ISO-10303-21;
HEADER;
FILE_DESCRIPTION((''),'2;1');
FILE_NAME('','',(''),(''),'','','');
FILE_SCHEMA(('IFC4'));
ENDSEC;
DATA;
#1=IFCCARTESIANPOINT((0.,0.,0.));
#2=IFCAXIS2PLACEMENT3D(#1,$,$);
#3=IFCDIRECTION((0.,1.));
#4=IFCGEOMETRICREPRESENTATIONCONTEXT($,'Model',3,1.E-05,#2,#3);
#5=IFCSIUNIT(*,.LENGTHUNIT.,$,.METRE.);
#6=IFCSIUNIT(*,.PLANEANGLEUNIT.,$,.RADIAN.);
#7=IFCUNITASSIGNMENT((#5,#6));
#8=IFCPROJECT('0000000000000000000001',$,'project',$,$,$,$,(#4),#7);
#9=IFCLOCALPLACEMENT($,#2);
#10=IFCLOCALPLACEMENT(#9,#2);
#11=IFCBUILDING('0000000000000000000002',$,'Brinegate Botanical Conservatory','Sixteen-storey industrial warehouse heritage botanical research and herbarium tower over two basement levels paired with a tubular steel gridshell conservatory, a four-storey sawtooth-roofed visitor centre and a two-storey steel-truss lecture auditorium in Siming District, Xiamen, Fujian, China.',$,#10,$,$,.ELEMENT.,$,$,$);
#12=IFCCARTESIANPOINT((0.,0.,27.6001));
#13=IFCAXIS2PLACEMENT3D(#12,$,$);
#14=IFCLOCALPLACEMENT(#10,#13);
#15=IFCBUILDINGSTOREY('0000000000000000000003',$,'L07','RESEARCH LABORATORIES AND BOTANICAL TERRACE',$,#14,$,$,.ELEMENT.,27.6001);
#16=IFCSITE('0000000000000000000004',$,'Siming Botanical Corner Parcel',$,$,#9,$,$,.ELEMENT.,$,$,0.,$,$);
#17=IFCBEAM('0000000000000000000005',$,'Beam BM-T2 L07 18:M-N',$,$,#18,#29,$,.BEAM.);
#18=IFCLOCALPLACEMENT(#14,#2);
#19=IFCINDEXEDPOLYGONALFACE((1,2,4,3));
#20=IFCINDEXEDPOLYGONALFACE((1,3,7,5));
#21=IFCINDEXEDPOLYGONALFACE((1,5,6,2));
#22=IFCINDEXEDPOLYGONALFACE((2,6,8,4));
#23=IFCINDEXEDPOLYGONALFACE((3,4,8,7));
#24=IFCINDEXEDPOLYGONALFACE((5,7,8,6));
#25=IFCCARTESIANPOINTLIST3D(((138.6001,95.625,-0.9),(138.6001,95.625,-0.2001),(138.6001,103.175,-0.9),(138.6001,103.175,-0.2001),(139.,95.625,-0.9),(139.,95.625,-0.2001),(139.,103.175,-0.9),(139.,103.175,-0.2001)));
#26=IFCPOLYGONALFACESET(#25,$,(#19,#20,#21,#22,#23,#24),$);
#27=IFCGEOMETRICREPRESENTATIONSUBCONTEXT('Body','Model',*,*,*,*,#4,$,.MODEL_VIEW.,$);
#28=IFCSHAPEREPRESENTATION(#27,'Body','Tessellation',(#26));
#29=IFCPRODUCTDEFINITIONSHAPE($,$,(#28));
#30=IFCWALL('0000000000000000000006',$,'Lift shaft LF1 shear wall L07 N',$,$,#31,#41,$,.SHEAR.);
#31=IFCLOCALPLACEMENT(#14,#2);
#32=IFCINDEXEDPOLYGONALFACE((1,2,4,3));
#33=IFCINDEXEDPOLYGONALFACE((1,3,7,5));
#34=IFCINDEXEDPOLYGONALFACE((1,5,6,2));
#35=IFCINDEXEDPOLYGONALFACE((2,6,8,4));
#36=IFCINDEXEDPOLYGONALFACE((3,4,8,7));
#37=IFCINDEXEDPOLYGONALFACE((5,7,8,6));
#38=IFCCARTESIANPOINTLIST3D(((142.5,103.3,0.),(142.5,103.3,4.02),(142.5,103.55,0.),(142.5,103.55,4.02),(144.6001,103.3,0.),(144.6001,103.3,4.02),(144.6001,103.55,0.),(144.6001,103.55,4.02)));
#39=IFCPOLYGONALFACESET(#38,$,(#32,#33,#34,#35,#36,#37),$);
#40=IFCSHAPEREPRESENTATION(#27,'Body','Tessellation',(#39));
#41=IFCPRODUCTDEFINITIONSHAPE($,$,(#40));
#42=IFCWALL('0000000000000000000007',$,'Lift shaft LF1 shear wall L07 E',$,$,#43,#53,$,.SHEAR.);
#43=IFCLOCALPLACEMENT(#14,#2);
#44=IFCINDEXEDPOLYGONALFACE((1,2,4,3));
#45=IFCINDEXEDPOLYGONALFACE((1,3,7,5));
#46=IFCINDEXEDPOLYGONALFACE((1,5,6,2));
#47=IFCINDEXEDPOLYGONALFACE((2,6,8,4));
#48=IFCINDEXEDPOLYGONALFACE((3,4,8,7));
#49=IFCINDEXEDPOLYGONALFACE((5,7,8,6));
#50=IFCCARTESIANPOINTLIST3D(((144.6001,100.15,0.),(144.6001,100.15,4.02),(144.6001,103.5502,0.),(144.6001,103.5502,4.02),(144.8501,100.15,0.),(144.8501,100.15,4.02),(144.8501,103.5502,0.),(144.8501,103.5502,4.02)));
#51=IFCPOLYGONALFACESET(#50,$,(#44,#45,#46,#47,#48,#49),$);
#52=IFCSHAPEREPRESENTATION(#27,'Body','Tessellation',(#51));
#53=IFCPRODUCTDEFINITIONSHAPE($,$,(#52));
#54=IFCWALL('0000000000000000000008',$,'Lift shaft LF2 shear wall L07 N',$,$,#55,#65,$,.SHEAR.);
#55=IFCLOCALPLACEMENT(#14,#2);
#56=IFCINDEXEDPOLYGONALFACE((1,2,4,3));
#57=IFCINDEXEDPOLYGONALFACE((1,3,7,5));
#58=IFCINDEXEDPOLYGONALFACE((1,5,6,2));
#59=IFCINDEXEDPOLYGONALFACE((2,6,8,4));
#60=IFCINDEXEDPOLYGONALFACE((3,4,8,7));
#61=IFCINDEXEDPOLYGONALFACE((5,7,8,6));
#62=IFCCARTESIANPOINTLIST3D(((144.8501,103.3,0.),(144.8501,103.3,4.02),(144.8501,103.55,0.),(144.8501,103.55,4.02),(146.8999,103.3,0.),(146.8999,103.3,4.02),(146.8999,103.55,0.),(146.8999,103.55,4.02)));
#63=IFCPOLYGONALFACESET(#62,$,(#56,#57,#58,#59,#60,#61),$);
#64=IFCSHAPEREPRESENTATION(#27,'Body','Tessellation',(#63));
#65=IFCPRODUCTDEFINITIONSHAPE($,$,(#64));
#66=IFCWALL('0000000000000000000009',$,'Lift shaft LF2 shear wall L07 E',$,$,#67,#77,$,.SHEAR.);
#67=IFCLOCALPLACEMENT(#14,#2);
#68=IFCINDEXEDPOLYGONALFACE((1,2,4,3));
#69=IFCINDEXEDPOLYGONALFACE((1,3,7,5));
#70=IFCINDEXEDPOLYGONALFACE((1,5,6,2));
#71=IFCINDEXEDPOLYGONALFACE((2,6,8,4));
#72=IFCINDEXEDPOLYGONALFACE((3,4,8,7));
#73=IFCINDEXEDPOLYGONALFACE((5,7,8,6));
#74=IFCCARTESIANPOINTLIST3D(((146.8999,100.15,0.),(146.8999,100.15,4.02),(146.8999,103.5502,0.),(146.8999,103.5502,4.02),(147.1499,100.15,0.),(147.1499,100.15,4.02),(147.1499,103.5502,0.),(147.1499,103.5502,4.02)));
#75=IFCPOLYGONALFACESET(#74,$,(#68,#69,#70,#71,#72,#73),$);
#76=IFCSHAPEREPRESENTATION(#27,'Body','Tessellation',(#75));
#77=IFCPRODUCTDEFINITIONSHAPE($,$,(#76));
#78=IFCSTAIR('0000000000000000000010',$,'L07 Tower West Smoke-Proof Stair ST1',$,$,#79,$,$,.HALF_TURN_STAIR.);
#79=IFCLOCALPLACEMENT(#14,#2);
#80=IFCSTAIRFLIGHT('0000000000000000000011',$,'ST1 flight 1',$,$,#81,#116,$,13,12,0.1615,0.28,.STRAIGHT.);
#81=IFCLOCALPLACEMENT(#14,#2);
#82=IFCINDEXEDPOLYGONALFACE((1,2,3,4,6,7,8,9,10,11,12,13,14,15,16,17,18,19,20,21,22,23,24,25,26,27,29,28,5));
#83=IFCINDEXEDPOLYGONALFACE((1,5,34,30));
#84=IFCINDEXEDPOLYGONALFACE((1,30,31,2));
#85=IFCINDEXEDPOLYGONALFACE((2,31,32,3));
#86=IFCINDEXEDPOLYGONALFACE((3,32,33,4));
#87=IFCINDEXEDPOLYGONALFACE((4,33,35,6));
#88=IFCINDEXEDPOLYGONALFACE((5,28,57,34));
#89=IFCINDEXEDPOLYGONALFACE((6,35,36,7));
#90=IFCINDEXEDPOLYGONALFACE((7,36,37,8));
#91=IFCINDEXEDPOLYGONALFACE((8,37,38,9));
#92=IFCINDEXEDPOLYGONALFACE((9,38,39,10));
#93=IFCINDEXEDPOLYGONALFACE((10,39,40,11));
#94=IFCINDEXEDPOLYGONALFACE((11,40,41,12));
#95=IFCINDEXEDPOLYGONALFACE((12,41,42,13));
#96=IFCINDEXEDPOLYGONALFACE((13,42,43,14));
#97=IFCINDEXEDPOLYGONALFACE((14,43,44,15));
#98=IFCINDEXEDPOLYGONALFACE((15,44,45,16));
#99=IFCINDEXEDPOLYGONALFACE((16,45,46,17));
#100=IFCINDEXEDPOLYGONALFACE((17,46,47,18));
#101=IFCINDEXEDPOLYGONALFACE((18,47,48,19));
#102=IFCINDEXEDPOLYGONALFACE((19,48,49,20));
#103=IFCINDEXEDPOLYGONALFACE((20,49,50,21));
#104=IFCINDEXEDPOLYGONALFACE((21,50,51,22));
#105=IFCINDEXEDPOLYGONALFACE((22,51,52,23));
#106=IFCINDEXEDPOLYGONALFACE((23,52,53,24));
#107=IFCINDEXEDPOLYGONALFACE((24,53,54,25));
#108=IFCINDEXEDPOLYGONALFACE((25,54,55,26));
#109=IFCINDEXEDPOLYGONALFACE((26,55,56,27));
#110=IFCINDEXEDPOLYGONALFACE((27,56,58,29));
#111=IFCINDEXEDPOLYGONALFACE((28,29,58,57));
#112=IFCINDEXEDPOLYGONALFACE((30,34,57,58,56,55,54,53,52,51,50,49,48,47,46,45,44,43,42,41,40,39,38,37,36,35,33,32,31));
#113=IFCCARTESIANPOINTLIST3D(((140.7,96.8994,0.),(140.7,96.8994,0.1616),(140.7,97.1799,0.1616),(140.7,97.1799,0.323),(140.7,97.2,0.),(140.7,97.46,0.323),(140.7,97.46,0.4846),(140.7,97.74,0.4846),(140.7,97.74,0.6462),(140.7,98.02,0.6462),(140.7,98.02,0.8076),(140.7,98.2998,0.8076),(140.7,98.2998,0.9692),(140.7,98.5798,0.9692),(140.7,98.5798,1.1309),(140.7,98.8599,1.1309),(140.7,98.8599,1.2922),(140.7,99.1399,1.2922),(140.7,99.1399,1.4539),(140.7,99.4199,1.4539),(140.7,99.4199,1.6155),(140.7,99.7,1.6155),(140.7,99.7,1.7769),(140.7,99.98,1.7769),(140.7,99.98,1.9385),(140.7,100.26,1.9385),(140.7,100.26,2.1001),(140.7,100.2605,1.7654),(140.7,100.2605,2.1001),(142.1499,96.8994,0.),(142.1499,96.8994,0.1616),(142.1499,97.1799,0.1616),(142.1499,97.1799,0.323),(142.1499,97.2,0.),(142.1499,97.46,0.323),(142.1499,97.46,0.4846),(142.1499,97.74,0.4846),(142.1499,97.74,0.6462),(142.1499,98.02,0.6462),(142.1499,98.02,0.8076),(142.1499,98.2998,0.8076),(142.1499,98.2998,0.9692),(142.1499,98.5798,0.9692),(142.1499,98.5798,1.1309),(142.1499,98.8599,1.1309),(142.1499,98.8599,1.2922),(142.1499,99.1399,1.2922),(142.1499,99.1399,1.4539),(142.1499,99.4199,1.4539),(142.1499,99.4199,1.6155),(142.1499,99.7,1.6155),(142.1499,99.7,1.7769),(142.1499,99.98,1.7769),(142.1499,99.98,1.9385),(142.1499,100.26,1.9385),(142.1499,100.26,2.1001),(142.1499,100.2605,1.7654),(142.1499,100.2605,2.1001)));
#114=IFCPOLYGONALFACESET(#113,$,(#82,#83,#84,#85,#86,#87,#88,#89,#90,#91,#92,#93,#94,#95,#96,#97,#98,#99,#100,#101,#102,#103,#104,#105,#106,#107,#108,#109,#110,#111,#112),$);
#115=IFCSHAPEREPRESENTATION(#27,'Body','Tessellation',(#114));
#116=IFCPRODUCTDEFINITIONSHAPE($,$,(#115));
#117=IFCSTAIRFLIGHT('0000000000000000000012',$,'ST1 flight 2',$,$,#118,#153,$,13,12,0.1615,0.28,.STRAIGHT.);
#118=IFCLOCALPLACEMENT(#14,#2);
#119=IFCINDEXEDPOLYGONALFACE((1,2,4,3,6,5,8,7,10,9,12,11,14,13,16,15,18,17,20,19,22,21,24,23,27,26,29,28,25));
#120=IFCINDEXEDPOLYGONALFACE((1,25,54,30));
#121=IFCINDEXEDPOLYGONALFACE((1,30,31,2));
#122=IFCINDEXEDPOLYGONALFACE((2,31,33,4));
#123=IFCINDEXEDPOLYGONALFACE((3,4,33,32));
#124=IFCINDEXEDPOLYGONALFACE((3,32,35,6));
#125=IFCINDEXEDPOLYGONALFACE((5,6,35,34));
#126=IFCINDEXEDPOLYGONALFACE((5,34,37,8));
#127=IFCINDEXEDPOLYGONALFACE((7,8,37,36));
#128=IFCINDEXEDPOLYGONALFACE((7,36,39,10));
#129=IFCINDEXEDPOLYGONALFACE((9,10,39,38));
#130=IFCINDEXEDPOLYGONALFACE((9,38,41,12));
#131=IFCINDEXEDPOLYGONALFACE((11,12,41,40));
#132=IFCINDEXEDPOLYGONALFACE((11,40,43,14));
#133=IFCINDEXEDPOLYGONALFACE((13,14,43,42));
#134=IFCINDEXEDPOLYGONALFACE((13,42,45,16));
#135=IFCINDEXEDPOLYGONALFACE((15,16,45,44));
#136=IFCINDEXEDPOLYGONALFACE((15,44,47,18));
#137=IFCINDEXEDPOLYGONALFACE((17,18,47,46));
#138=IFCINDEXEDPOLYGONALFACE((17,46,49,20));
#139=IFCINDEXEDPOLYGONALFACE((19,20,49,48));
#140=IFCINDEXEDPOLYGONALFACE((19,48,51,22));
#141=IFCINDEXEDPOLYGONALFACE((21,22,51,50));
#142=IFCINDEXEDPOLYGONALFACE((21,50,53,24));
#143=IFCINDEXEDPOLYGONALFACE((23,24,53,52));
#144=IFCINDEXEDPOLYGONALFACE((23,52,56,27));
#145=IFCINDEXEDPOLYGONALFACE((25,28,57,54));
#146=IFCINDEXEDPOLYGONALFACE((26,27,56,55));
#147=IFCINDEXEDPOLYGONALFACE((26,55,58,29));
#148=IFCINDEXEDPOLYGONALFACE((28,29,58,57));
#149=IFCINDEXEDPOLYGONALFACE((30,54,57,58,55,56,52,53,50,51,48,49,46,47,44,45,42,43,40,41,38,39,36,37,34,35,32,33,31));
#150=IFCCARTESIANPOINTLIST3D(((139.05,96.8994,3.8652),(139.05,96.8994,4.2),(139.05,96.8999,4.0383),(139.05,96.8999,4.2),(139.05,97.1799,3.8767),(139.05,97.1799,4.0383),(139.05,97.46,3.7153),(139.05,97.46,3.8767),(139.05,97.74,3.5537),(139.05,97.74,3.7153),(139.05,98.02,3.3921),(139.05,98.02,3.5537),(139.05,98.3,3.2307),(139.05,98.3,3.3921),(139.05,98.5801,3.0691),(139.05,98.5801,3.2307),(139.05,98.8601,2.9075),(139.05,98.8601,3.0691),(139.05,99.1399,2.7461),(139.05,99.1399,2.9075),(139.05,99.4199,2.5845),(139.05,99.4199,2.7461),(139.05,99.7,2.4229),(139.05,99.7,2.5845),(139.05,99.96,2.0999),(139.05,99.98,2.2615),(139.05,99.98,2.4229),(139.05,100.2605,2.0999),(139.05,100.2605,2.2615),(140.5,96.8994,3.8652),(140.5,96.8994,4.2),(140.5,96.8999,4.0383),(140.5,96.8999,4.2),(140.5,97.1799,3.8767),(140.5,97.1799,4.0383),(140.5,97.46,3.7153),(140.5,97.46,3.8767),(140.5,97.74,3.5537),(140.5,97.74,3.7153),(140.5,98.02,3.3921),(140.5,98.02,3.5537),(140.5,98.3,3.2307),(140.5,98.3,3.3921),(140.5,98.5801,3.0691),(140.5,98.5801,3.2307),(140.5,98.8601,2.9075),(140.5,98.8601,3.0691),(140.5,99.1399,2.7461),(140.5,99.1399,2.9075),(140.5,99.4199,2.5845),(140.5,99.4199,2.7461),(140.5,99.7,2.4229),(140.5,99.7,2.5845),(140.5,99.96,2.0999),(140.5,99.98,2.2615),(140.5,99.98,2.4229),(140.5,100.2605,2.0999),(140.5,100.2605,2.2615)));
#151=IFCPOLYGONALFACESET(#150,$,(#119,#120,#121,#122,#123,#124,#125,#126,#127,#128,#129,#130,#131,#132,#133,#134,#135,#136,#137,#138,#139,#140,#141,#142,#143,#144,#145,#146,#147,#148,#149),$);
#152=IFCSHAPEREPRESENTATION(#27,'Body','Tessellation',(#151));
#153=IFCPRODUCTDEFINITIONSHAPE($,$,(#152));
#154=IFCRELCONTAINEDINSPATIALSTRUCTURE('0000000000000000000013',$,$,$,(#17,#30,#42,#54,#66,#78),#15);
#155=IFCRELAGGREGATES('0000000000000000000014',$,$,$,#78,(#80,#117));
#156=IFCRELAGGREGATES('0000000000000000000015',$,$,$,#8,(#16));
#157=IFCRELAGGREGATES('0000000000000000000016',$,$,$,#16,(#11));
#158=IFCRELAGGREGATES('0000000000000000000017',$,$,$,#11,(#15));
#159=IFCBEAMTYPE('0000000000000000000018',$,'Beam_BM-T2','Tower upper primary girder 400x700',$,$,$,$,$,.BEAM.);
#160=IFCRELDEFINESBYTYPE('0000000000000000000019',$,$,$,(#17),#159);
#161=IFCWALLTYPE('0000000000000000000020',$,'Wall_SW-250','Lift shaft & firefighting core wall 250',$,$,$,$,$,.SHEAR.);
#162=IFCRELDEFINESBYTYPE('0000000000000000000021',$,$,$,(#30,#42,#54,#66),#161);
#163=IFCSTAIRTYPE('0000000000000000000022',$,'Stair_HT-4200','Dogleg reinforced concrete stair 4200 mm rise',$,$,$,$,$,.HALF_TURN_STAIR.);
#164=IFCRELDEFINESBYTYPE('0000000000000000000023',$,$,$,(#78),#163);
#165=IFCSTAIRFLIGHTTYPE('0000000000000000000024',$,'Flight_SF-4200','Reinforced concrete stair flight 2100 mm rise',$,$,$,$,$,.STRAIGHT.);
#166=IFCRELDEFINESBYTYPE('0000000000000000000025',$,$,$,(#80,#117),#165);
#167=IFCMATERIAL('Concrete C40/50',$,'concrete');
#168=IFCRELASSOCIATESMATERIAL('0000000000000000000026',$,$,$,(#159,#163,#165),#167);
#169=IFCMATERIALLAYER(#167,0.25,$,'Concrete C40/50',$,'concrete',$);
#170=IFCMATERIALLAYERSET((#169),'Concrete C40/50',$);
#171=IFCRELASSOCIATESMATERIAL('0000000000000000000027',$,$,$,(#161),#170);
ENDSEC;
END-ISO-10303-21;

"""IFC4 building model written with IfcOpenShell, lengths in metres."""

from ifc_helpers import new_model, si_unit, direction, frame, frame_2d, origin, origin_2d, place, context, subcontext, project, spatial, polyline, rectangle, outline, extrude, material, layer, layer_set, material_profile, profile_set, type_object, element, aggregate, save


model = new_model("IFC4")

# Units and contexts
model_context = context("Model", 3, precision=1e-05, world=origin(), true_north=direction((0.0, 1.0)))
body_context = subcontext(model_context, "Body", "Model", "MODEL_VIEW")
ifc_project = project(units=[si_unit("LENGTHUNIT", "METRE"), si_unit("PLANEANGLEUNIT", "RADIAN")], contexts=[model_context])

# Site, building, storey
site_placement = place(None, origin())
site = spatial("IfcSite", under=ifc_project, at=site_placement, Name="Siming Botanical Corner Parcel", CompositionType="ELEMENT", RefElevation=0.0)
building_placement = place(site_placement, origin())
building = spatial("IfcBuilding", under=site, at=building_placement, Name="Brinegate Botanical Conservatory", Description="Sixteen-storey industrial warehouse heritage botanical research and herbarium tower over two basement levels paired with a tubular steel gridshell conservatory, a four-storey sawtooth-roofed visitor centre and a two-storey steel-truss lecture auditorium in Siming District, Xiamen, Fujian, China.", CompositionType="ELEMENT")
storey_placement = place(building_placement, frame((0.0, 0.0, 27.6001)))
storey = spatial("IfcBuildingStorey", under=building, at=storey_placement, Name="L07", Description="RESEARCH LABORATORIES AND BOTANICAL TERRACE", CompositionType="ELEMENT", Elevation=27.6001)

# Beam
ifc_material_1 = material(Name="Concrete C40/50", Category="concrete")
ifc_material_profile = material_profile(ifc_material_1, rectangle(XDim=0.3999, YDim=0.7, at=origin_2d()), Name="RC BM 400x700")
ifc_profile_set = profile_set([ifc_material_profile], Name="Concrete C40/50")
beam_type = type_object("IfcBeamType", Name="Beam_BM-T2", Description="Tower upper primary girder 400x700", PredefinedType="BEAM", material=ifc_profile_set)
beam_placement = place(storey_placement, frame((138.8, 95.625, -0.55), z_axis=(0.0, 1.0, 0.0), x_axis=(-1.0, 0.0, 0.0)))
element("IfcBeam", 1, at=beam_placement, inside=storey, type_object=beam_type, Name="Beam BM-T2 L07 18:M-N", PredefinedType="BEAM", context=body_context, shape_type="SweptSolid", body=[
    extrude(rectangle(XDim=0.3999, YDim=0.7, at=origin_2d()), origin(), (0.0, 0.0, 1.0), 7.55),
])

# Shared definitions
ifc_layer_1 = layer(ifc_material_1, 0.25, Name="Concrete C40/50", Category="concrete")
ifc_layer_set_1 = layer_set([ifc_layer_1], Name="Concrete C40/50")
wall_type_1 = type_object("IfcWallType", Name="Wall_SW-250", Description="Lift shaft & firefighting core wall 250", PredefinedType="SHEAR", material=ifc_layer_set_1)

# Walls
wall_1_placement = place(storey_placement, frame((142.5, 103.425, 0.0), z_axis=(0.0, 0.0, 1.0), x_axis=(1.0, 0.0, 0.0)))
element("IfcWall", 2, at=wall_1_placement, inside=storey, type_object=wall_type_1, Name="Lift shaft LF1 shear wall L07 N", PredefinedType="SHEAR", context=body_context, shape_type="SweptSolid", body=[
    extrude(rectangle(XDim=2.1001, YDim=0.25, at=frame_2d((1.05, 0.0))), origin(), (0.0, 0.0, 1.0), 4.02),
])
wall_2_placement = place(storey_placement, frame((144.7251, 100.1499, 0.0), z_axis=(0.0, 0.0, 1.0), x_axis=(0.0, 1.0, 0.0)))
element("IfcWall", 3, at=wall_2_placement, inside=storey, type_object=wall_type_1, Name="Lift shaft LF1 shear wall L07 E", PredefinedType="SHEAR", context=body_context, shape_type="SweptSolid", body=[
    extrude(rectangle(XDim=3.4001, YDim=0.25, at=frame_2d((1.7002, 0.0))), origin(), (0.0, 0.0, 1.0), 4.02),
])

# Walls
wall_3_placement = place(storey_placement, frame((144.8501, 103.425, 0.0), z_axis=(0.0, 0.0, 1.0), x_axis=(1.0, 0.0, 0.0)))
element("IfcWall", 4, at=wall_3_placement, inside=storey, type_object=wall_type_1, Name="Lift shaft LF2 shear wall L07 N", PredefinedType="SHEAR", context=body_context, shape_type="SweptSolid", body=[
    extrude(rectangle(XDim=2.0498, YDim=0.25, at=frame_2d((1.0249, 0.0))), origin(), (0.0, 0.0, 1.0), 4.02),
])
wall_4_placement = place(storey_placement, frame((147.0249, 100.1499, 0.0), z_axis=(0.0, 0.0, 1.0), x_axis=(0.0, 1.0, 0.0)))
element("IfcWall", 5, at=wall_4_placement, inside=storey, type_object=wall_type_1, Name="Lift shaft LF2 shear wall L07 E", PredefinedType="SHEAR", context=body_context, shape_type="SweptSolid", body=[
    extrude(rectangle(XDim=3.4001, YDim=0.25, at=frame_2d((1.7002, 0.0))), origin(), (0.0, 0.0, 1.0), 4.02),
])

# Stair, stair flights
stair_type = type_object("IfcStairType", Name="Stair_HT-4200", Description="Dogleg reinforced concrete stair 4200 mm rise", PredefinedType="HALF_TURN_STAIR", material=ifc_material_1)
stair_placement = place(storey_placement, origin())
stair = element("IfcStair", 6, at=stair_placement, inside=storey, type_object=stair_type, Name="L07 Tower West Smoke-Proof Stair ST1", PredefinedType="HALF_TURN_STAIR")
stair_flight_type = type_object("IfcStairFlightType", Name="Flight_SF-4200", Description="Reinforced concrete stair flight 2100 mm rise", PredefinedType="STRAIGHT", material=ifc_material_1)
stair_flight_1_placement = place(storey_placement, frame((141.425, 96.8999, 0.0), z_axis=(0.0, 0.0, 1.0), x_axis=(0.0, 1.0, 0.0)))
stair_flight_1 = element("IfcStairFlight", 7, at=stair_flight_1_placement, type_object=stair_flight_type, Name="ST1 flight 1", NumberOfRisers=13, NumberOfTreads=12, PredefinedType="STRAIGHT", RiserHeight=0.1615, TreadLength=0.28, context=body_context, shape_type="SweptSolid", body=[
    extrude(outline(polyline([(-0.0005, 0.0), (-0.0005, 0.1616), (0.28, 0.1616), (0.28, 0.323), (0.5601, 0.323), (0.5601, 0.4846), (0.8401, 0.4846), (0.8401, 0.6462), (1.1201, 0.6462), (1.1201, 0.8076), (1.3999, 0.8076), (1.3999, 0.9692), (1.6799, 0.9692), (1.6799, 1.1309), (1.96, 1.1309), (1.96, 1.2922), (2.24, 1.2922), (2.24, 1.4539), (2.52, 1.4539), (2.52, 1.6155), (2.8, 1.6155), (2.8, 1.7769), (3.0801, 1.7769), (3.0801, 1.9385), (3.3601, 1.9385), (3.3601, 2.1001), (3.3606, 2.1001), (3.3606, 1.7654), (0.3, 0.0), (-0.0005, 0.0)])), frame((0.0, 0.7251, 0.0), z_axis=(0.0, -1.0, 0.0), x_axis=(1.0, 0.0, 0.0)), (0.0, 0.0, 1.0), 1.45),
])
stair_flight_2_placement = place(storey_placement, frame((139.7749, 100.26, 2.0999), z_axis=(0.0, 0.0, 1.0), x_axis=(0.0, -1.0, 0.0)))
stair_flight_2 = element("IfcStairFlight", 8, at=stair_flight_2_placement, type_object=stair_flight_type, Name="ST1 flight 2", NumberOfRisers=13, NumberOfTreads=12, PredefinedType="STRAIGHT", RiserHeight=0.1615, TreadLength=0.28, context=body_context, shape_type="SweptSolid", body=[
    extrude(outline(polyline([(-0.0005, 0.0), (-0.0005, 0.1616), (0.28, 0.1616), (0.28, 0.323), (0.5601, 0.323), (0.5601, 0.4846), (0.8401, 0.4846), (0.8401, 0.6462), (1.1201, 0.6462), (1.1201, 0.8076), (1.3999, 0.8076), (1.3999, 0.9692), (1.6799, 0.9692), (1.6799, 1.1309), (1.96, 1.1309), (1.96, 1.2922), (2.24, 1.2922), (2.24, 1.4539), (2.52, 1.4539), (2.52, 1.6155), (2.8, 1.6155), (2.8, 1.7769), (3.0801, 1.7769), (3.0801, 1.9385), (3.3601, 1.9385), (3.3601, 2.1001), (3.3606, 2.1001), (3.3606, 1.7654), (0.3, 0.0), (-0.0005, 0.0)])), frame((0.0, 0.7251, 0.0), z_axis=(0.0, -1.0, 0.0), x_axis=(1.0, 0.0, 0.0)), (0.0, 0.0, 1.0), 1.45),
])
aggregate(stair, [stair_flight_1, stair_flight_2])

save(model, "model.ifc")
